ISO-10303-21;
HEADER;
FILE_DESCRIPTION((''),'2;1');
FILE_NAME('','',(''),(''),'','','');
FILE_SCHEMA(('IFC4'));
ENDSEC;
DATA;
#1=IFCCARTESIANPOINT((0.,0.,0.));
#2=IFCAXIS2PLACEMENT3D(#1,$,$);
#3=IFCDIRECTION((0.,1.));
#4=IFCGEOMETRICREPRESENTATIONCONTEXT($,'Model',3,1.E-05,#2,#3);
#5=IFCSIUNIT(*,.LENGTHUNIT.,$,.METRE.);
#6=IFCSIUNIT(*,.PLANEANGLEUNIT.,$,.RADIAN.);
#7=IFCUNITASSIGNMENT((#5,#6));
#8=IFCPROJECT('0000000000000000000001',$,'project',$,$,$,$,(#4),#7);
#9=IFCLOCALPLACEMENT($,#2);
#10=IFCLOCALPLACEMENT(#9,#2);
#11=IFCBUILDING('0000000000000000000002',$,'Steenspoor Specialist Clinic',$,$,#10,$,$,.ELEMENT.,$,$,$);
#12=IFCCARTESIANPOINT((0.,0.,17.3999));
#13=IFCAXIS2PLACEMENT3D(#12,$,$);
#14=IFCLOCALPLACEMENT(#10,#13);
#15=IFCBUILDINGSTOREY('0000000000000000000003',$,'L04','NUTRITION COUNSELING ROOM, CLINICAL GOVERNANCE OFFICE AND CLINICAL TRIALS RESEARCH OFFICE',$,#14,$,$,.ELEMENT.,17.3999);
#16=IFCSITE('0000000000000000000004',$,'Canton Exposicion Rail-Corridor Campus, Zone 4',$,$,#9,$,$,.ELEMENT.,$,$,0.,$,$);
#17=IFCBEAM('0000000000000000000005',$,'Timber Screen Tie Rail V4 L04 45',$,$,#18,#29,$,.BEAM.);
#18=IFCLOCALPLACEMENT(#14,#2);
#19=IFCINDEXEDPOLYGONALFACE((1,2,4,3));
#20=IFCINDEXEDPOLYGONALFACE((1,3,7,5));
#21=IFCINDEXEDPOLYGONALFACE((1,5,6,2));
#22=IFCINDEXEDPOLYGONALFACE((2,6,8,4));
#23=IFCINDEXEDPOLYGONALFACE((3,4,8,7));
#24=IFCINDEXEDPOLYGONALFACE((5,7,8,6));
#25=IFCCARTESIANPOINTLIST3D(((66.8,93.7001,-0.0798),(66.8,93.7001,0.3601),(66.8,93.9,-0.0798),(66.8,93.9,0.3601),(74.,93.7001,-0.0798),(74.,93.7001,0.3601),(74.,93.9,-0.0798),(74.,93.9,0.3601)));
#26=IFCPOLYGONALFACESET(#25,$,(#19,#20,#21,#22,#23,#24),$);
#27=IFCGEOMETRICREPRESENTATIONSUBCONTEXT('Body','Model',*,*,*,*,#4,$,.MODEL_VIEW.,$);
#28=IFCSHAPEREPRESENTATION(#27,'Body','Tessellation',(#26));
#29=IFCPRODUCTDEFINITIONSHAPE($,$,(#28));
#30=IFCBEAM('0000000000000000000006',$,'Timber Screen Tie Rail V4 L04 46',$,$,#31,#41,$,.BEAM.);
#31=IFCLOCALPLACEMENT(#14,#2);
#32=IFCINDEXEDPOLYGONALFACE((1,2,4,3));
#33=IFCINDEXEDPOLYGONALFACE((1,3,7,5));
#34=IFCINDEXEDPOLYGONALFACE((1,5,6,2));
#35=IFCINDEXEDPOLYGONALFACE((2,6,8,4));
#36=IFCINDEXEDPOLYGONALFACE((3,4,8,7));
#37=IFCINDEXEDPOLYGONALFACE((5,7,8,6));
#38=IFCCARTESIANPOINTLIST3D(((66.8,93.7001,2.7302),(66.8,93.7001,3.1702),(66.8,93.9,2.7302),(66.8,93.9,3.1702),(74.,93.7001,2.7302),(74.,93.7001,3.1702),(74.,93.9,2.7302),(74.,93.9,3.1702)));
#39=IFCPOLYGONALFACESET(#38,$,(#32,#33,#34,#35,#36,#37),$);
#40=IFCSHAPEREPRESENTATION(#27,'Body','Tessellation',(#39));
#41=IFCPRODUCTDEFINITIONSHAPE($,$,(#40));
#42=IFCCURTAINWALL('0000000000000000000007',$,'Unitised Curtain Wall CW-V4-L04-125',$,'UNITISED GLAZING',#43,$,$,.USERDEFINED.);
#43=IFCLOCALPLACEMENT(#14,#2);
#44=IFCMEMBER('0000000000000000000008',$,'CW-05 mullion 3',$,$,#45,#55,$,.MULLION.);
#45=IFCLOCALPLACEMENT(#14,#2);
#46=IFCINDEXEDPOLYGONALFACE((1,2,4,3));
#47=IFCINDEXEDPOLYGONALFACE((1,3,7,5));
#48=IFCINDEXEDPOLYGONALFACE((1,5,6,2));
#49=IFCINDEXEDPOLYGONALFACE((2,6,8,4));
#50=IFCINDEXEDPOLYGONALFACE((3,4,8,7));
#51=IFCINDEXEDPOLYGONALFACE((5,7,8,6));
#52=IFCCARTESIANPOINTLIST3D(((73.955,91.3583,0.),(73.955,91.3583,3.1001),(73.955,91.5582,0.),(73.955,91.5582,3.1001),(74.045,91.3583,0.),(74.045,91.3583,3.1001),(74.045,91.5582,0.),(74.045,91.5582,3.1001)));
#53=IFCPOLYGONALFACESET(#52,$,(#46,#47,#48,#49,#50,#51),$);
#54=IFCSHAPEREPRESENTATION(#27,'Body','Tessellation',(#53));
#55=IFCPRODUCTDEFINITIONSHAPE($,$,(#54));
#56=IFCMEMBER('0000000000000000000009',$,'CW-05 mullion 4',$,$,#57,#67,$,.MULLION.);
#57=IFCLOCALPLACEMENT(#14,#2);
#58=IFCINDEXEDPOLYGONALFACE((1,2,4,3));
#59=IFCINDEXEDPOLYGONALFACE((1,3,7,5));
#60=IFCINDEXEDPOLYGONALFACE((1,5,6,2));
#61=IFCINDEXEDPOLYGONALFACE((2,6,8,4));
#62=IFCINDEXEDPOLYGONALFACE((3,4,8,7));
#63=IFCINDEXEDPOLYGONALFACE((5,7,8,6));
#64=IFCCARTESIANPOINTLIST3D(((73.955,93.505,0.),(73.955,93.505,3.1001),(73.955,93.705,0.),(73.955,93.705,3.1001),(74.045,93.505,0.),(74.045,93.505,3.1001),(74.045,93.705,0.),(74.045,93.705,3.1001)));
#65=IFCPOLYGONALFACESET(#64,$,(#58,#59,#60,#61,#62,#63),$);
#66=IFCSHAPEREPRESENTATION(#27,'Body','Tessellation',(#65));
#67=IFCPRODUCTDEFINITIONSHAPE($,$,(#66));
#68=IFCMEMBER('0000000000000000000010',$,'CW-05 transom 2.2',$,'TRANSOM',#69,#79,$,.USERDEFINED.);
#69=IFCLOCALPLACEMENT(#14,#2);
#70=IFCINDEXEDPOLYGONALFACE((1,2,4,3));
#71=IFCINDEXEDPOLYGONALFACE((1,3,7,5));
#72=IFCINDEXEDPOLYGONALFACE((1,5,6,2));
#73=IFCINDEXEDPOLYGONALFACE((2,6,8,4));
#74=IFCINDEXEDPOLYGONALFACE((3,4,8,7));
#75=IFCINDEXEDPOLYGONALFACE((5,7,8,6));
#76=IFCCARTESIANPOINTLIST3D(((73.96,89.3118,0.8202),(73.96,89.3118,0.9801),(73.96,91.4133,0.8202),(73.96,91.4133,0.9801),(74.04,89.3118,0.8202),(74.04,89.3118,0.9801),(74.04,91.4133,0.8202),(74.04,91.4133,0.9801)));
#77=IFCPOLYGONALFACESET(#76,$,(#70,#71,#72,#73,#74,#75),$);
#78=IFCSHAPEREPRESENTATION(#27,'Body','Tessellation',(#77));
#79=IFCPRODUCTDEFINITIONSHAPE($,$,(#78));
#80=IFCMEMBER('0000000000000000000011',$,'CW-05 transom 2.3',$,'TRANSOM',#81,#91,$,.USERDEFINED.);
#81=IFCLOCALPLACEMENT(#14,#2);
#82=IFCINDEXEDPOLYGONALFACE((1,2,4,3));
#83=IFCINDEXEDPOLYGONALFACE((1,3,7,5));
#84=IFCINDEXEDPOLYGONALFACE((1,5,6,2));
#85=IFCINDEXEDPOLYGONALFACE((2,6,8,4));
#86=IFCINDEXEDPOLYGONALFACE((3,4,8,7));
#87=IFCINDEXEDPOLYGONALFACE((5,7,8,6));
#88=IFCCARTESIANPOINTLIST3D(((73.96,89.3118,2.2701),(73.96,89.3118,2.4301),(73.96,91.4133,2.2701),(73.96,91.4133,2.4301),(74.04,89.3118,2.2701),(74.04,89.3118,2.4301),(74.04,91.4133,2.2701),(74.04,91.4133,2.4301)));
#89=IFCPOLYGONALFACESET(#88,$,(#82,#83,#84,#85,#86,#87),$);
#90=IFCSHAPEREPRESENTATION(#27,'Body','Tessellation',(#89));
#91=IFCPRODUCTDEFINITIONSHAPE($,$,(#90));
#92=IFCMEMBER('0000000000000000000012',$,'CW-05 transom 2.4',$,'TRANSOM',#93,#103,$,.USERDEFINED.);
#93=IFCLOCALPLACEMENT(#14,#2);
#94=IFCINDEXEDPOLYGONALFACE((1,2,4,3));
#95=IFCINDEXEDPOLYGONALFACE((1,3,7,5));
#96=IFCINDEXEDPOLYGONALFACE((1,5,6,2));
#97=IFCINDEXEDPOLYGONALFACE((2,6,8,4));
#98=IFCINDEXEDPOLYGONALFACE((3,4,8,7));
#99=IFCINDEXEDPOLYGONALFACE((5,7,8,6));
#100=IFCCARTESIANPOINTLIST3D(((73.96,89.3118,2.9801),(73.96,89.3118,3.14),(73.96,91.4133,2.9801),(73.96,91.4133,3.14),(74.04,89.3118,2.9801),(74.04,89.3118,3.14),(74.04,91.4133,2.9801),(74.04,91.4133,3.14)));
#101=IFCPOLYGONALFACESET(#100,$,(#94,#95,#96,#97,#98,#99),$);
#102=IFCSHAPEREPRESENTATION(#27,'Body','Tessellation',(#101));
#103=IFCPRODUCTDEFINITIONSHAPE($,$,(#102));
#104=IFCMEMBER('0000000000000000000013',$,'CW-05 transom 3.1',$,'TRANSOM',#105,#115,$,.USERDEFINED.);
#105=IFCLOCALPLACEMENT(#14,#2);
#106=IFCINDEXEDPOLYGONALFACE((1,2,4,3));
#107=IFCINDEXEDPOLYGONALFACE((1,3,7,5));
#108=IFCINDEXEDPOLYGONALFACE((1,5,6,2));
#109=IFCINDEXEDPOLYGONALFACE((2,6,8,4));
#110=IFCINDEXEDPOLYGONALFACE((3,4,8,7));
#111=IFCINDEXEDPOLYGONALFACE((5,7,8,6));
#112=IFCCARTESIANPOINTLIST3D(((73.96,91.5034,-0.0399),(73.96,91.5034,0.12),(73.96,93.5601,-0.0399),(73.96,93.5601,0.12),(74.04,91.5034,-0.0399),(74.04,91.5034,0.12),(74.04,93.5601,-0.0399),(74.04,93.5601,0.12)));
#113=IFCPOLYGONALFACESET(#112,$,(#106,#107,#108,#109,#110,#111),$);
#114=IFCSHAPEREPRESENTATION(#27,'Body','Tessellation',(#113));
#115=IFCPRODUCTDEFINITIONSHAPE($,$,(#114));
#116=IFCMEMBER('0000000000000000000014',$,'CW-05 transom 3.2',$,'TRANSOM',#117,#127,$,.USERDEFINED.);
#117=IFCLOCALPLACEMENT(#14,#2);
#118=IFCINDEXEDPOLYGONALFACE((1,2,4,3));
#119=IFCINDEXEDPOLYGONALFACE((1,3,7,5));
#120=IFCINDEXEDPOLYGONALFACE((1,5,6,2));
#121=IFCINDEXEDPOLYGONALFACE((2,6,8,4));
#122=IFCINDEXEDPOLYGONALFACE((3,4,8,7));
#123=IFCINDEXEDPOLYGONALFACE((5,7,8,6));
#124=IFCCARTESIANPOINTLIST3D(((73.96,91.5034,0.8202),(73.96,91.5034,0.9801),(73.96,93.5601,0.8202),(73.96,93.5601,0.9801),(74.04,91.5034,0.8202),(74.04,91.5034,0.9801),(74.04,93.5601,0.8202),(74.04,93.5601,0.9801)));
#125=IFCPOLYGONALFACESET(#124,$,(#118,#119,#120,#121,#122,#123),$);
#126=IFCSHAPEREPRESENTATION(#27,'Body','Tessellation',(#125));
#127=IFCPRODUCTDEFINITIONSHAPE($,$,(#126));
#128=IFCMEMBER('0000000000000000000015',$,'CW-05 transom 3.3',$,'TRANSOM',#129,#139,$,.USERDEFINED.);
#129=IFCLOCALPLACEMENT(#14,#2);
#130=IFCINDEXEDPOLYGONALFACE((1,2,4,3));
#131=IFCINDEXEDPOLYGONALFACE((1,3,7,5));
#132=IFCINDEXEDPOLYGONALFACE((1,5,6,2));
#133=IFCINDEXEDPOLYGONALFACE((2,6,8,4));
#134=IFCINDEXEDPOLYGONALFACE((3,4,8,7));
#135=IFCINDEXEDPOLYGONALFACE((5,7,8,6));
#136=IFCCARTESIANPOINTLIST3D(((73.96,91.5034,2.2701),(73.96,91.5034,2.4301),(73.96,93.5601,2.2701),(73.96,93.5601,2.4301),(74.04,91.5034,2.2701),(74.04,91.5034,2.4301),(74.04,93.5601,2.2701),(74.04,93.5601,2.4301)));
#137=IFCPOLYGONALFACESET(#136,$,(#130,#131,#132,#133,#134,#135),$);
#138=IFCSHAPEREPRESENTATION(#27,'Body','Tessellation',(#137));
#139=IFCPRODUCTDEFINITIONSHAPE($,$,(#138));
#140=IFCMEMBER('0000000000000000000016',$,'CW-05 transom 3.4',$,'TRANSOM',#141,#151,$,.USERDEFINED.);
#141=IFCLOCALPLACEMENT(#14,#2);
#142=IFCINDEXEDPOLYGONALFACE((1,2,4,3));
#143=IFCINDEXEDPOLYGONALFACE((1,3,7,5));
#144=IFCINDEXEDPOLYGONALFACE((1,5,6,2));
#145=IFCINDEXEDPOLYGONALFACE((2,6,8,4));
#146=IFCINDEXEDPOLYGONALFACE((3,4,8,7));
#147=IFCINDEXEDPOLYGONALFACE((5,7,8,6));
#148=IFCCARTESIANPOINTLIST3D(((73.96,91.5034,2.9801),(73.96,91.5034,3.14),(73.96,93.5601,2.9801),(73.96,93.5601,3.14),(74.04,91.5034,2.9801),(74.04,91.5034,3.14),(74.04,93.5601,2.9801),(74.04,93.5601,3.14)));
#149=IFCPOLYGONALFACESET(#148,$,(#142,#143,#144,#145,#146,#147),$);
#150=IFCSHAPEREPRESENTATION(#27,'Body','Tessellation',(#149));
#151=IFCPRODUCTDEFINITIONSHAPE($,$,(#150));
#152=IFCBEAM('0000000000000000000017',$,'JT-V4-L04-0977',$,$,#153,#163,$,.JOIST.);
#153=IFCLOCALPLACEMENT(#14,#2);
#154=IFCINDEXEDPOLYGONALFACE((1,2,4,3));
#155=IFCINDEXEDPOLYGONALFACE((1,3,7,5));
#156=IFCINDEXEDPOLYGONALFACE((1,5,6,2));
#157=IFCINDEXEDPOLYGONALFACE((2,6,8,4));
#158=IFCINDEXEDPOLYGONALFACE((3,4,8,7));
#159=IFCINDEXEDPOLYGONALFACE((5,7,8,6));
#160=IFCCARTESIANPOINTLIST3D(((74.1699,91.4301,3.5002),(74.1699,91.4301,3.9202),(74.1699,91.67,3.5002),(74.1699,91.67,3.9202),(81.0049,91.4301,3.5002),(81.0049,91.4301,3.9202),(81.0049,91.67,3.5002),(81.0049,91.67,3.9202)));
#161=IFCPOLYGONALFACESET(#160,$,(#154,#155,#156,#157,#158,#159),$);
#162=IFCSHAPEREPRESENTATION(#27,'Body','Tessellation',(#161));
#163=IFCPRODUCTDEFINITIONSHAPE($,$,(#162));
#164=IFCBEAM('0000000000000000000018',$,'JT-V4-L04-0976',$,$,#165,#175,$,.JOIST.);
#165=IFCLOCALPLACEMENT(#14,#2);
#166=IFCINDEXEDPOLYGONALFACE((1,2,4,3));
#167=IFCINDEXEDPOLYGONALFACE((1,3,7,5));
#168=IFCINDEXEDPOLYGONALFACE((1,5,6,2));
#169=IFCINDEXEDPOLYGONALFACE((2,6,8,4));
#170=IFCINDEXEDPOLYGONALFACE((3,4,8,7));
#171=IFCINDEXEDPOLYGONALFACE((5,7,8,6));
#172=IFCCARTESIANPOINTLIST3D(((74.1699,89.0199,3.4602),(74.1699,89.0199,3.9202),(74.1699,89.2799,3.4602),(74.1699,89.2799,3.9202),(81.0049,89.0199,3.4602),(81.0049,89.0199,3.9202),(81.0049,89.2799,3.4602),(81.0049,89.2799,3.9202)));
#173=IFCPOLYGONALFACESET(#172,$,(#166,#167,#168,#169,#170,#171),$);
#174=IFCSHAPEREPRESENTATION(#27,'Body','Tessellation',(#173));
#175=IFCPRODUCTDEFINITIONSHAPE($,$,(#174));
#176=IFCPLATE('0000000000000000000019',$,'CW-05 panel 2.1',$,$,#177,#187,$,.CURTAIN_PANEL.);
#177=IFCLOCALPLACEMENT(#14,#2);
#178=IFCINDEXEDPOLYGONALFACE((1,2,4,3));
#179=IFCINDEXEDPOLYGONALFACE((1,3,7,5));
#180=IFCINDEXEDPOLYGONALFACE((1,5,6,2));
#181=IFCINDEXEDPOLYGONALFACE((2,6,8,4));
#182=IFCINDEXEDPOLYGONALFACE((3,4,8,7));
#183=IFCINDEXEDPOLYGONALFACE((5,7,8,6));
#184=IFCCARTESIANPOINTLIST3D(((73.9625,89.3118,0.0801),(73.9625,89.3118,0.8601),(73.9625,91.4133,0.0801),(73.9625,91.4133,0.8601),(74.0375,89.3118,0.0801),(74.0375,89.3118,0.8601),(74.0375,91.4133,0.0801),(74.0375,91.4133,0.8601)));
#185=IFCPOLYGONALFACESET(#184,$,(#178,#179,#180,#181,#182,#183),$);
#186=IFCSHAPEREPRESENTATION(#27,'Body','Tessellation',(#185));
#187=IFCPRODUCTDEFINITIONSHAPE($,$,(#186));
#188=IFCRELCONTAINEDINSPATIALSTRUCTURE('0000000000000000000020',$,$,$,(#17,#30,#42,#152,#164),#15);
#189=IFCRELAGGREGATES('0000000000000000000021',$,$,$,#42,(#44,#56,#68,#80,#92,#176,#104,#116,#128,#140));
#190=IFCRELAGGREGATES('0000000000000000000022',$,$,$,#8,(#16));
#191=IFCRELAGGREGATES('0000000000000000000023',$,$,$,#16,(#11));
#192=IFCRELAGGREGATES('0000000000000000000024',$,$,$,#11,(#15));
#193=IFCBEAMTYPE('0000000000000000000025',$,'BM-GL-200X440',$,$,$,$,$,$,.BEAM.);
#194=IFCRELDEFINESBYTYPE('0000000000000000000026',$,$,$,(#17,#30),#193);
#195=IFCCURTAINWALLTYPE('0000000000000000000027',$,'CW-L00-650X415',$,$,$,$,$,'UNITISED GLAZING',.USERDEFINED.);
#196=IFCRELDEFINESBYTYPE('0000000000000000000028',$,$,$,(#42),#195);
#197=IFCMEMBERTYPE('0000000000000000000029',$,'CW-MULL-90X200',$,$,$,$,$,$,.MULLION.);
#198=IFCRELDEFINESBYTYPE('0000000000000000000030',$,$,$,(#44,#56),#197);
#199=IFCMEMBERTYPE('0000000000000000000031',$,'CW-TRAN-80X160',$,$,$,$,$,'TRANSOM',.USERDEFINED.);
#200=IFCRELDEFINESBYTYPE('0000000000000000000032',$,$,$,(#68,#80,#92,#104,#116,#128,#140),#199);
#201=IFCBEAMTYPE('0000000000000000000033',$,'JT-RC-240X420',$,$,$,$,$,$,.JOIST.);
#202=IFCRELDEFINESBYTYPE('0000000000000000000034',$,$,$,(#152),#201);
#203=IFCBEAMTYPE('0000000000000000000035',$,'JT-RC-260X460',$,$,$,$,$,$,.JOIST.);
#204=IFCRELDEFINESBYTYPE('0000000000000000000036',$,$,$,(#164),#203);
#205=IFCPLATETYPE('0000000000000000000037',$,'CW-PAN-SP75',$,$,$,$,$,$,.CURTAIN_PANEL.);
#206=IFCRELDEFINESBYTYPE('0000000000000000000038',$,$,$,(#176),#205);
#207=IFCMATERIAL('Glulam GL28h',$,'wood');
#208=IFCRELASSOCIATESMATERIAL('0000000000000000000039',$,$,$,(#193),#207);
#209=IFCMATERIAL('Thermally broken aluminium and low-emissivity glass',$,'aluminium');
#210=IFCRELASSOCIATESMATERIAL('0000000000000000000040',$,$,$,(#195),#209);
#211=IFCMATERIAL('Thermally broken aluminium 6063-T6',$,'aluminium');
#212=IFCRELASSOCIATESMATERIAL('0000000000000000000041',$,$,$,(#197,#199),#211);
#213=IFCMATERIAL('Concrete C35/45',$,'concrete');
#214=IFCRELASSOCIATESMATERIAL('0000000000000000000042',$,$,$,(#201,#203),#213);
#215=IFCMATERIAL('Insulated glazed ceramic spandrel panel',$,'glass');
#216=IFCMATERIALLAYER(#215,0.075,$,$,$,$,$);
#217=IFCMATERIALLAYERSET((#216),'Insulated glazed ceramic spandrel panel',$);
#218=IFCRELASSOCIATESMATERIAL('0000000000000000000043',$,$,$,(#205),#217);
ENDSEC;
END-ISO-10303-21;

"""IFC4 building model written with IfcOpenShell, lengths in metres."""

from ifc_helpers import new_model, si_unit, direction, frame, origin, origin_2d, place, context, subcontext, project, spatial, rectangle, extrude, material, layer, layer_set, material_profile, profile_set, type_object, element, aggregate, save


model = new_model("IFC4")

# Units and contexts
model_context = context("Model", 3, precision=1e-05, world=origin(), true_north=direction((0.0, 1.0)))
body_context = subcontext(model_context, "Body", "Model", "MODEL_VIEW")
ifc_project = project(units=[si_unit("LENGTHUNIT", "METRE"), si_unit("PLANEANGLEUNIT", "RADIAN")], contexts=[model_context])

# Site, building, storey
site_placement = place(None, origin())
site = spatial("IfcSite", under=ifc_project, at=site_placement, Name="Canton Exposicion Rail-Corridor Campus, Zone 4", CompositionType="ELEMENT", RefElevation=0.0)
building_placement = place(site_placement, origin())
building = spatial("IfcBuilding", under=site, at=building_placement, Name="Steenspoor Specialist Clinic", CompositionType="ELEMENT")
storey_placement = place(building_placement, frame((0.0, 0.0, 17.3999)))
storey = spatial("IfcBuildingStorey", under=building, at=storey_placement, Name="L04", Description="NUTRITION COUNSELING ROOM, CLINICAL GOVERNANCE OFFICE AND CLINICAL TRIALS RESEARCH OFFICE", CompositionType="ELEMENT", Elevation=17.3999)

# Beams
ifc_material_1 = material(Name="Glulam GL28h", Category="wood")
ifc_material_profile_1 = material_profile(ifc_material_1, rectangle(XDim=0.2, YDim=0.4399, at=origin_2d()), Name="GL28H-200X440")
ifc_profile_set_1 = profile_set([ifc_material_profile_1], Name="Glulam GL28h")
beam_type_1 = type_object("IfcBeamType", Name="BM-GL-200X440", PredefinedType="BEAM", material=ifc_profile_set_1)
for number, where, z_axis, x_axis, name in (
    (1, (74.0, 93.8, 0.1401), (-1.0, 0.0, 0.0), (0.0, -1.0, 0.0), "Timber Screen Tie Rail V4 L04 45"),
    (2, (74.0, 93.8, 2.9502), (-1.0, 0.0, 0.0), (0.0, -1.0, 0.0), "Timber Screen Tie Rail V4 L04 46"),
):
    element("IfcBeam", number, at=place(storey_placement, frame(where, z_axis=z_axis, x_axis=x_axis)), inside=storey, type_object=beam_type_1, Name=name, PredefinedType="BEAM", context=body_context, shape_type="SweptSolid", body=[
        extrude(rectangle(XDim=0.2, YDim=0.4399, at=origin_2d()), origin(), (0.0, 0.0, 1.0), 7.2),
    ])

# Curtain wall, members
ifc_material_2 = material(Name="Thermally broken aluminium and low-emissivity glass", Category="aluminium")
curtain_wall_type = type_object("IfcCurtainWallType", Name="CW-L00-650X415", ElementType="UNITISED GLAZING", PredefinedType="USERDEFINED", material=ifc_material_2)
curtain_wall_placement = place(storey_placement, origin())
curtain_wall = element("IfcCurtainWall", 3, at=curtain_wall_placement, inside=storey, type_object=curtain_wall_type, Name="Unitised Curtain Wall CW-V4-L04-125", ObjectType="UNITISED GLAZING", PredefinedType="USERDEFINED")
ifc_material_3 = material(Name="Thermally broken aluminium 6063-T6", Category="aluminium")
ifc_material_profile_2 = material_profile(ifc_material_3, rectangle(XDim=0.0901, YDim=0.2, at=origin_2d()), Name="CWM-90X200")
ifc_profile_set_2 = profile_set([ifc_material_profile_2], Name="Thermally broken aluminium 6063-T6")
member_type_1 = type_object("IfcMemberType", Name="CW-MULL-90X200", PredefinedType="MULLION", material=ifc_profile_set_2)
member_1_placement = place(storey_placement, frame((74.0, 91.4583, 0.0), z_axis=(0.0, 0.0, 1.0), x_axis=(-1.0, 0.0, 0.0)))
member_1 = element("IfcMember", 4, at=member_1_placement, type_object=member_type_1, Name="CW-05 mullion 3", PredefinedType="MULLION", context=body_context, shape_type="SweptSolid", body=[
    extrude(rectangle(XDim=0.0901, YDim=0.2, at=origin_2d()), origin(), (0.0, 0.0, 1.0), 3.1001),
])
member_2_placement = place(storey_placement, frame((74.0, 93.605, 0.0), z_axis=(0.0, 0.0, 1.0), x_axis=(-1.0, 0.0, 0.0)))
member_2 = element("IfcMember", 5, at=member_2_placement, type_object=member_type_1, Name="CW-05 mullion 4", PredefinedType="MULLION", context=body_context, shape_type="SweptSolid", body=[
    extrude(rectangle(XDim=0.0901, YDim=0.2, at=origin_2d()), origin(), (0.0, 0.0, 1.0), 3.1001),
])
ifc_material_profile_3 = material_profile(ifc_material_3, rectangle(XDim=0.0801, YDim=0.1599, at=origin_2d()), Name="CWT-80X160")
ifc_profile_set_3 = profile_set([ifc_material_profile_3], Name="Thermally broken aluminium 6063-T6")
member_type_2 = type_object("IfcMemberType", Name="CW-TRAN-80X160", ElementType="TRANSOM", PredefinedType="USERDEFINED", material=ifc_profile_set_3)
member_3_placement = place(storey_placement, frame((74.0, 89.3118, 0.9001), z_axis=(0.0, 1.0, 0.0), x_axis=(-1.0, 0.0, 0.0)))
member_3 = element("IfcMember", 6, at=member_3_placement, type_object=member_type_2, Name="CW-05 transom 2.2", ObjectType="TRANSOM", PredefinedType="USERDEFINED", context=body_context, shape_type="SweptSolid", body=[
    extrude(rectangle(XDim=0.0801, YDim=0.1599, at=origin_2d()), origin(), (0.0, 0.0, 1.0), 2.1016),
])
member_4_placement = place(storey_placement, frame((74.0, 89.3118, 2.3501), z_axis=(0.0, 1.0, 0.0), x_axis=(-1.0, 0.0, 0.0)))
member_4 = element("IfcMember", 7, at=member_4_placement, type_object=member_type_2, Name="CW-05 transom 2.3", ObjectType="TRANSOM", PredefinedType="USERDEFINED", context=body_context, shape_type="SweptSolid", body=[
    extrude(rectangle(XDim=0.0801, YDim=0.1599, at=origin_2d()), origin(), (0.0, 0.0, 1.0), 2.1016),
])
member_5_placement = place(storey_placement, frame((74.0, 89.3118, 3.0601), z_axis=(0.0, 1.0, 0.0), x_axis=(-1.0, 0.0, 0.0)))
member_5 = element("IfcMember", 8, at=member_5_placement, type_object=member_type_2, Name="CW-05 transom 2.4", ObjectType="TRANSOM", PredefinedType="USERDEFINED", context=body_context, shape_type="SweptSolid", body=[
    extrude(rectangle(XDim=0.0801, YDim=0.1599, at=origin_2d()), origin(), (0.0, 0.0, 1.0), 2.1016),
])
member_6_placement = place(storey_placement, frame((74.0, 91.5034, 0.04), z_axis=(0.0, 1.0, 0.0), x_axis=(-1.0, 0.0, 0.0)))
member_6 = element("IfcMember", 9, at=member_6_placement, type_object=member_type_2, Name="CW-05 transom 3.1", ObjectType="TRANSOM", PredefinedType="USERDEFINED", context=body_context, shape_type="SweptSolid", body=[
    extrude(rectangle(XDim=0.0801, YDim=0.1599, at=origin_2d()), origin(), (0.0, 0.0, 1.0), 2.0566),
])
member_7_placement = place(storey_placement, frame((74.0, 91.5034, 0.9001), z_axis=(0.0, 1.0, 0.0), x_axis=(-1.0, 0.0, 0.0)))
member_7 = element("IfcMember", 10, at=member_7_placement, type_object=member_type_2, Name="CW-05 transom 3.2", ObjectType="TRANSOM", PredefinedType="USERDEFINED", context=body_context, shape_type="SweptSolid", body=[
    extrude(rectangle(XDim=0.0801, YDim=0.1599, at=origin_2d()), origin(), (0.0, 0.0, 1.0), 2.0566),
])
member_8_placement = place(storey_placement, frame((74.0, 91.5034, 2.3501), z_axis=(0.0, 1.0, 0.0), x_axis=(-1.0, 0.0, 0.0)))
member_8 = element("IfcMember", 11, at=member_8_placement, type_object=member_type_2, Name="CW-05 transom 3.3", ObjectType="TRANSOM", PredefinedType="USERDEFINED", context=body_context, shape_type="SweptSolid", body=[
    extrude(rectangle(XDim=0.0801, YDim=0.1599, at=origin_2d()), origin(), (0.0, 0.0, 1.0), 2.0566),
])
member_9_placement = place(storey_placement, frame((74.0, 91.5034, 3.0601), z_axis=(0.0, 1.0, 0.0), x_axis=(-1.0, 0.0, 0.0)))
member_9 = element("IfcMember", 12, at=member_9_placement, type_object=member_type_2, Name="CW-05 transom 3.4", ObjectType="TRANSOM", PredefinedType="USERDEFINED", context=body_context, shape_type="SweptSolid", body=[
    extrude(rectangle(XDim=0.0801, YDim=0.1599, at=origin_2d()), origin(), (0.0, 0.0, 1.0), 2.0566),
])

# Beams
ifc_material_4 = material(Name="Concrete C35/45", Category="concrete")
ifc_material_profile_4 = material_profile(ifc_material_4, rectangle(XDim=0.24, YDim=0.4199, at=origin_2d()), Name="RC-JT-240X420")
ifc_profile_set_4 = profile_set([ifc_material_profile_4], Name="Concrete C35/45")
beam_type_2 = type_object("IfcBeamType", Name="JT-RC-240X420", PredefinedType="JOIST", material=ifc_profile_set_4)
beam_1_placement = place(storey_placement, frame((74.1699, 91.55, 3.7102), z_axis=(1.0, 0.0, 0.0), x_axis=(0.0, 1.0, 0.0)))
element("IfcBeam", 13, at=beam_1_placement, inside=storey, type_object=beam_type_2, Name="JT-V4-L04-0977", PredefinedType="JOIST", context=body_context, shape_type="SweptSolid", body=[
    extrude(rectangle(XDim=0.24, YDim=0.4199, at=origin_2d()), origin(), (0.0, 0.0, 1.0), 6.835),
])
ifc_material_profile_5 = material_profile(ifc_material_4, rectangle(XDim=0.26, YDim=0.46, at=origin_2d()), Name="RC-JT-260X460")
ifc_profile_set_5 = profile_set([ifc_material_profile_5], Name="Concrete C35/45")
beam_type_3 = type_object("IfcBeamType", Name="JT-RC-260X460", PredefinedType="JOIST", material=ifc_profile_set_5)
beam_2_placement = place(storey_placement, frame((74.1699, 89.1499, 3.6902), z_axis=(1.0, 0.0, 0.0), x_axis=(0.0, 1.0, 0.0)))
element("IfcBeam", 14, at=beam_2_placement, inside=storey, type_object=beam_type_3, Name="JT-V4-L04-0976", PredefinedType="JOIST", context=body_context, shape_type="SweptSolid", body=[
    extrude(rectangle(XDim=0.26, YDim=0.46, at=origin_2d()), origin(), (0.0, 0.0, 1.0), 6.835),
])

# Plate
ifc_material_5 = material(Name="Insulated glazed ceramic spandrel panel", Category="glass")
ifc_layer_1 = layer(ifc_material_5, 0.075)
ifc_layer_set_1 = layer_set([ifc_layer_1], Name="Insulated glazed ceramic spandrel panel")
plate_type = type_object("IfcPlateType", Name="CW-PAN-SP75", PredefinedType="CURTAIN_PANEL", material=ifc_layer_set_1)
plate_1_placement = place(storey_placement, frame((74.0, 90.3625, 0.0801), z_axis=(0.0, 0.0, 1.0), x_axis=(0.0, 1.0, 0.0)))
plate_1 = element("IfcPlate", 15, at=plate_1_placement, type_object=plate_type, Name="CW-05 panel 2.1", PredefinedType="CURTAIN_PANEL", context=body_context, shape_type="SweptSolid", body=[
    extrude(rectangle(XDim=2.1016, YDim=0.075, at=origin_2d()), origin(), (0.0, 0.0, 1.0), 0.78),
])
aggregate(curtain_wall, [member_1, member_2, member_3, member_4, member_5, plate_1, member_6, member_7, member_8, member_9])

save(model, "model.ifc")
